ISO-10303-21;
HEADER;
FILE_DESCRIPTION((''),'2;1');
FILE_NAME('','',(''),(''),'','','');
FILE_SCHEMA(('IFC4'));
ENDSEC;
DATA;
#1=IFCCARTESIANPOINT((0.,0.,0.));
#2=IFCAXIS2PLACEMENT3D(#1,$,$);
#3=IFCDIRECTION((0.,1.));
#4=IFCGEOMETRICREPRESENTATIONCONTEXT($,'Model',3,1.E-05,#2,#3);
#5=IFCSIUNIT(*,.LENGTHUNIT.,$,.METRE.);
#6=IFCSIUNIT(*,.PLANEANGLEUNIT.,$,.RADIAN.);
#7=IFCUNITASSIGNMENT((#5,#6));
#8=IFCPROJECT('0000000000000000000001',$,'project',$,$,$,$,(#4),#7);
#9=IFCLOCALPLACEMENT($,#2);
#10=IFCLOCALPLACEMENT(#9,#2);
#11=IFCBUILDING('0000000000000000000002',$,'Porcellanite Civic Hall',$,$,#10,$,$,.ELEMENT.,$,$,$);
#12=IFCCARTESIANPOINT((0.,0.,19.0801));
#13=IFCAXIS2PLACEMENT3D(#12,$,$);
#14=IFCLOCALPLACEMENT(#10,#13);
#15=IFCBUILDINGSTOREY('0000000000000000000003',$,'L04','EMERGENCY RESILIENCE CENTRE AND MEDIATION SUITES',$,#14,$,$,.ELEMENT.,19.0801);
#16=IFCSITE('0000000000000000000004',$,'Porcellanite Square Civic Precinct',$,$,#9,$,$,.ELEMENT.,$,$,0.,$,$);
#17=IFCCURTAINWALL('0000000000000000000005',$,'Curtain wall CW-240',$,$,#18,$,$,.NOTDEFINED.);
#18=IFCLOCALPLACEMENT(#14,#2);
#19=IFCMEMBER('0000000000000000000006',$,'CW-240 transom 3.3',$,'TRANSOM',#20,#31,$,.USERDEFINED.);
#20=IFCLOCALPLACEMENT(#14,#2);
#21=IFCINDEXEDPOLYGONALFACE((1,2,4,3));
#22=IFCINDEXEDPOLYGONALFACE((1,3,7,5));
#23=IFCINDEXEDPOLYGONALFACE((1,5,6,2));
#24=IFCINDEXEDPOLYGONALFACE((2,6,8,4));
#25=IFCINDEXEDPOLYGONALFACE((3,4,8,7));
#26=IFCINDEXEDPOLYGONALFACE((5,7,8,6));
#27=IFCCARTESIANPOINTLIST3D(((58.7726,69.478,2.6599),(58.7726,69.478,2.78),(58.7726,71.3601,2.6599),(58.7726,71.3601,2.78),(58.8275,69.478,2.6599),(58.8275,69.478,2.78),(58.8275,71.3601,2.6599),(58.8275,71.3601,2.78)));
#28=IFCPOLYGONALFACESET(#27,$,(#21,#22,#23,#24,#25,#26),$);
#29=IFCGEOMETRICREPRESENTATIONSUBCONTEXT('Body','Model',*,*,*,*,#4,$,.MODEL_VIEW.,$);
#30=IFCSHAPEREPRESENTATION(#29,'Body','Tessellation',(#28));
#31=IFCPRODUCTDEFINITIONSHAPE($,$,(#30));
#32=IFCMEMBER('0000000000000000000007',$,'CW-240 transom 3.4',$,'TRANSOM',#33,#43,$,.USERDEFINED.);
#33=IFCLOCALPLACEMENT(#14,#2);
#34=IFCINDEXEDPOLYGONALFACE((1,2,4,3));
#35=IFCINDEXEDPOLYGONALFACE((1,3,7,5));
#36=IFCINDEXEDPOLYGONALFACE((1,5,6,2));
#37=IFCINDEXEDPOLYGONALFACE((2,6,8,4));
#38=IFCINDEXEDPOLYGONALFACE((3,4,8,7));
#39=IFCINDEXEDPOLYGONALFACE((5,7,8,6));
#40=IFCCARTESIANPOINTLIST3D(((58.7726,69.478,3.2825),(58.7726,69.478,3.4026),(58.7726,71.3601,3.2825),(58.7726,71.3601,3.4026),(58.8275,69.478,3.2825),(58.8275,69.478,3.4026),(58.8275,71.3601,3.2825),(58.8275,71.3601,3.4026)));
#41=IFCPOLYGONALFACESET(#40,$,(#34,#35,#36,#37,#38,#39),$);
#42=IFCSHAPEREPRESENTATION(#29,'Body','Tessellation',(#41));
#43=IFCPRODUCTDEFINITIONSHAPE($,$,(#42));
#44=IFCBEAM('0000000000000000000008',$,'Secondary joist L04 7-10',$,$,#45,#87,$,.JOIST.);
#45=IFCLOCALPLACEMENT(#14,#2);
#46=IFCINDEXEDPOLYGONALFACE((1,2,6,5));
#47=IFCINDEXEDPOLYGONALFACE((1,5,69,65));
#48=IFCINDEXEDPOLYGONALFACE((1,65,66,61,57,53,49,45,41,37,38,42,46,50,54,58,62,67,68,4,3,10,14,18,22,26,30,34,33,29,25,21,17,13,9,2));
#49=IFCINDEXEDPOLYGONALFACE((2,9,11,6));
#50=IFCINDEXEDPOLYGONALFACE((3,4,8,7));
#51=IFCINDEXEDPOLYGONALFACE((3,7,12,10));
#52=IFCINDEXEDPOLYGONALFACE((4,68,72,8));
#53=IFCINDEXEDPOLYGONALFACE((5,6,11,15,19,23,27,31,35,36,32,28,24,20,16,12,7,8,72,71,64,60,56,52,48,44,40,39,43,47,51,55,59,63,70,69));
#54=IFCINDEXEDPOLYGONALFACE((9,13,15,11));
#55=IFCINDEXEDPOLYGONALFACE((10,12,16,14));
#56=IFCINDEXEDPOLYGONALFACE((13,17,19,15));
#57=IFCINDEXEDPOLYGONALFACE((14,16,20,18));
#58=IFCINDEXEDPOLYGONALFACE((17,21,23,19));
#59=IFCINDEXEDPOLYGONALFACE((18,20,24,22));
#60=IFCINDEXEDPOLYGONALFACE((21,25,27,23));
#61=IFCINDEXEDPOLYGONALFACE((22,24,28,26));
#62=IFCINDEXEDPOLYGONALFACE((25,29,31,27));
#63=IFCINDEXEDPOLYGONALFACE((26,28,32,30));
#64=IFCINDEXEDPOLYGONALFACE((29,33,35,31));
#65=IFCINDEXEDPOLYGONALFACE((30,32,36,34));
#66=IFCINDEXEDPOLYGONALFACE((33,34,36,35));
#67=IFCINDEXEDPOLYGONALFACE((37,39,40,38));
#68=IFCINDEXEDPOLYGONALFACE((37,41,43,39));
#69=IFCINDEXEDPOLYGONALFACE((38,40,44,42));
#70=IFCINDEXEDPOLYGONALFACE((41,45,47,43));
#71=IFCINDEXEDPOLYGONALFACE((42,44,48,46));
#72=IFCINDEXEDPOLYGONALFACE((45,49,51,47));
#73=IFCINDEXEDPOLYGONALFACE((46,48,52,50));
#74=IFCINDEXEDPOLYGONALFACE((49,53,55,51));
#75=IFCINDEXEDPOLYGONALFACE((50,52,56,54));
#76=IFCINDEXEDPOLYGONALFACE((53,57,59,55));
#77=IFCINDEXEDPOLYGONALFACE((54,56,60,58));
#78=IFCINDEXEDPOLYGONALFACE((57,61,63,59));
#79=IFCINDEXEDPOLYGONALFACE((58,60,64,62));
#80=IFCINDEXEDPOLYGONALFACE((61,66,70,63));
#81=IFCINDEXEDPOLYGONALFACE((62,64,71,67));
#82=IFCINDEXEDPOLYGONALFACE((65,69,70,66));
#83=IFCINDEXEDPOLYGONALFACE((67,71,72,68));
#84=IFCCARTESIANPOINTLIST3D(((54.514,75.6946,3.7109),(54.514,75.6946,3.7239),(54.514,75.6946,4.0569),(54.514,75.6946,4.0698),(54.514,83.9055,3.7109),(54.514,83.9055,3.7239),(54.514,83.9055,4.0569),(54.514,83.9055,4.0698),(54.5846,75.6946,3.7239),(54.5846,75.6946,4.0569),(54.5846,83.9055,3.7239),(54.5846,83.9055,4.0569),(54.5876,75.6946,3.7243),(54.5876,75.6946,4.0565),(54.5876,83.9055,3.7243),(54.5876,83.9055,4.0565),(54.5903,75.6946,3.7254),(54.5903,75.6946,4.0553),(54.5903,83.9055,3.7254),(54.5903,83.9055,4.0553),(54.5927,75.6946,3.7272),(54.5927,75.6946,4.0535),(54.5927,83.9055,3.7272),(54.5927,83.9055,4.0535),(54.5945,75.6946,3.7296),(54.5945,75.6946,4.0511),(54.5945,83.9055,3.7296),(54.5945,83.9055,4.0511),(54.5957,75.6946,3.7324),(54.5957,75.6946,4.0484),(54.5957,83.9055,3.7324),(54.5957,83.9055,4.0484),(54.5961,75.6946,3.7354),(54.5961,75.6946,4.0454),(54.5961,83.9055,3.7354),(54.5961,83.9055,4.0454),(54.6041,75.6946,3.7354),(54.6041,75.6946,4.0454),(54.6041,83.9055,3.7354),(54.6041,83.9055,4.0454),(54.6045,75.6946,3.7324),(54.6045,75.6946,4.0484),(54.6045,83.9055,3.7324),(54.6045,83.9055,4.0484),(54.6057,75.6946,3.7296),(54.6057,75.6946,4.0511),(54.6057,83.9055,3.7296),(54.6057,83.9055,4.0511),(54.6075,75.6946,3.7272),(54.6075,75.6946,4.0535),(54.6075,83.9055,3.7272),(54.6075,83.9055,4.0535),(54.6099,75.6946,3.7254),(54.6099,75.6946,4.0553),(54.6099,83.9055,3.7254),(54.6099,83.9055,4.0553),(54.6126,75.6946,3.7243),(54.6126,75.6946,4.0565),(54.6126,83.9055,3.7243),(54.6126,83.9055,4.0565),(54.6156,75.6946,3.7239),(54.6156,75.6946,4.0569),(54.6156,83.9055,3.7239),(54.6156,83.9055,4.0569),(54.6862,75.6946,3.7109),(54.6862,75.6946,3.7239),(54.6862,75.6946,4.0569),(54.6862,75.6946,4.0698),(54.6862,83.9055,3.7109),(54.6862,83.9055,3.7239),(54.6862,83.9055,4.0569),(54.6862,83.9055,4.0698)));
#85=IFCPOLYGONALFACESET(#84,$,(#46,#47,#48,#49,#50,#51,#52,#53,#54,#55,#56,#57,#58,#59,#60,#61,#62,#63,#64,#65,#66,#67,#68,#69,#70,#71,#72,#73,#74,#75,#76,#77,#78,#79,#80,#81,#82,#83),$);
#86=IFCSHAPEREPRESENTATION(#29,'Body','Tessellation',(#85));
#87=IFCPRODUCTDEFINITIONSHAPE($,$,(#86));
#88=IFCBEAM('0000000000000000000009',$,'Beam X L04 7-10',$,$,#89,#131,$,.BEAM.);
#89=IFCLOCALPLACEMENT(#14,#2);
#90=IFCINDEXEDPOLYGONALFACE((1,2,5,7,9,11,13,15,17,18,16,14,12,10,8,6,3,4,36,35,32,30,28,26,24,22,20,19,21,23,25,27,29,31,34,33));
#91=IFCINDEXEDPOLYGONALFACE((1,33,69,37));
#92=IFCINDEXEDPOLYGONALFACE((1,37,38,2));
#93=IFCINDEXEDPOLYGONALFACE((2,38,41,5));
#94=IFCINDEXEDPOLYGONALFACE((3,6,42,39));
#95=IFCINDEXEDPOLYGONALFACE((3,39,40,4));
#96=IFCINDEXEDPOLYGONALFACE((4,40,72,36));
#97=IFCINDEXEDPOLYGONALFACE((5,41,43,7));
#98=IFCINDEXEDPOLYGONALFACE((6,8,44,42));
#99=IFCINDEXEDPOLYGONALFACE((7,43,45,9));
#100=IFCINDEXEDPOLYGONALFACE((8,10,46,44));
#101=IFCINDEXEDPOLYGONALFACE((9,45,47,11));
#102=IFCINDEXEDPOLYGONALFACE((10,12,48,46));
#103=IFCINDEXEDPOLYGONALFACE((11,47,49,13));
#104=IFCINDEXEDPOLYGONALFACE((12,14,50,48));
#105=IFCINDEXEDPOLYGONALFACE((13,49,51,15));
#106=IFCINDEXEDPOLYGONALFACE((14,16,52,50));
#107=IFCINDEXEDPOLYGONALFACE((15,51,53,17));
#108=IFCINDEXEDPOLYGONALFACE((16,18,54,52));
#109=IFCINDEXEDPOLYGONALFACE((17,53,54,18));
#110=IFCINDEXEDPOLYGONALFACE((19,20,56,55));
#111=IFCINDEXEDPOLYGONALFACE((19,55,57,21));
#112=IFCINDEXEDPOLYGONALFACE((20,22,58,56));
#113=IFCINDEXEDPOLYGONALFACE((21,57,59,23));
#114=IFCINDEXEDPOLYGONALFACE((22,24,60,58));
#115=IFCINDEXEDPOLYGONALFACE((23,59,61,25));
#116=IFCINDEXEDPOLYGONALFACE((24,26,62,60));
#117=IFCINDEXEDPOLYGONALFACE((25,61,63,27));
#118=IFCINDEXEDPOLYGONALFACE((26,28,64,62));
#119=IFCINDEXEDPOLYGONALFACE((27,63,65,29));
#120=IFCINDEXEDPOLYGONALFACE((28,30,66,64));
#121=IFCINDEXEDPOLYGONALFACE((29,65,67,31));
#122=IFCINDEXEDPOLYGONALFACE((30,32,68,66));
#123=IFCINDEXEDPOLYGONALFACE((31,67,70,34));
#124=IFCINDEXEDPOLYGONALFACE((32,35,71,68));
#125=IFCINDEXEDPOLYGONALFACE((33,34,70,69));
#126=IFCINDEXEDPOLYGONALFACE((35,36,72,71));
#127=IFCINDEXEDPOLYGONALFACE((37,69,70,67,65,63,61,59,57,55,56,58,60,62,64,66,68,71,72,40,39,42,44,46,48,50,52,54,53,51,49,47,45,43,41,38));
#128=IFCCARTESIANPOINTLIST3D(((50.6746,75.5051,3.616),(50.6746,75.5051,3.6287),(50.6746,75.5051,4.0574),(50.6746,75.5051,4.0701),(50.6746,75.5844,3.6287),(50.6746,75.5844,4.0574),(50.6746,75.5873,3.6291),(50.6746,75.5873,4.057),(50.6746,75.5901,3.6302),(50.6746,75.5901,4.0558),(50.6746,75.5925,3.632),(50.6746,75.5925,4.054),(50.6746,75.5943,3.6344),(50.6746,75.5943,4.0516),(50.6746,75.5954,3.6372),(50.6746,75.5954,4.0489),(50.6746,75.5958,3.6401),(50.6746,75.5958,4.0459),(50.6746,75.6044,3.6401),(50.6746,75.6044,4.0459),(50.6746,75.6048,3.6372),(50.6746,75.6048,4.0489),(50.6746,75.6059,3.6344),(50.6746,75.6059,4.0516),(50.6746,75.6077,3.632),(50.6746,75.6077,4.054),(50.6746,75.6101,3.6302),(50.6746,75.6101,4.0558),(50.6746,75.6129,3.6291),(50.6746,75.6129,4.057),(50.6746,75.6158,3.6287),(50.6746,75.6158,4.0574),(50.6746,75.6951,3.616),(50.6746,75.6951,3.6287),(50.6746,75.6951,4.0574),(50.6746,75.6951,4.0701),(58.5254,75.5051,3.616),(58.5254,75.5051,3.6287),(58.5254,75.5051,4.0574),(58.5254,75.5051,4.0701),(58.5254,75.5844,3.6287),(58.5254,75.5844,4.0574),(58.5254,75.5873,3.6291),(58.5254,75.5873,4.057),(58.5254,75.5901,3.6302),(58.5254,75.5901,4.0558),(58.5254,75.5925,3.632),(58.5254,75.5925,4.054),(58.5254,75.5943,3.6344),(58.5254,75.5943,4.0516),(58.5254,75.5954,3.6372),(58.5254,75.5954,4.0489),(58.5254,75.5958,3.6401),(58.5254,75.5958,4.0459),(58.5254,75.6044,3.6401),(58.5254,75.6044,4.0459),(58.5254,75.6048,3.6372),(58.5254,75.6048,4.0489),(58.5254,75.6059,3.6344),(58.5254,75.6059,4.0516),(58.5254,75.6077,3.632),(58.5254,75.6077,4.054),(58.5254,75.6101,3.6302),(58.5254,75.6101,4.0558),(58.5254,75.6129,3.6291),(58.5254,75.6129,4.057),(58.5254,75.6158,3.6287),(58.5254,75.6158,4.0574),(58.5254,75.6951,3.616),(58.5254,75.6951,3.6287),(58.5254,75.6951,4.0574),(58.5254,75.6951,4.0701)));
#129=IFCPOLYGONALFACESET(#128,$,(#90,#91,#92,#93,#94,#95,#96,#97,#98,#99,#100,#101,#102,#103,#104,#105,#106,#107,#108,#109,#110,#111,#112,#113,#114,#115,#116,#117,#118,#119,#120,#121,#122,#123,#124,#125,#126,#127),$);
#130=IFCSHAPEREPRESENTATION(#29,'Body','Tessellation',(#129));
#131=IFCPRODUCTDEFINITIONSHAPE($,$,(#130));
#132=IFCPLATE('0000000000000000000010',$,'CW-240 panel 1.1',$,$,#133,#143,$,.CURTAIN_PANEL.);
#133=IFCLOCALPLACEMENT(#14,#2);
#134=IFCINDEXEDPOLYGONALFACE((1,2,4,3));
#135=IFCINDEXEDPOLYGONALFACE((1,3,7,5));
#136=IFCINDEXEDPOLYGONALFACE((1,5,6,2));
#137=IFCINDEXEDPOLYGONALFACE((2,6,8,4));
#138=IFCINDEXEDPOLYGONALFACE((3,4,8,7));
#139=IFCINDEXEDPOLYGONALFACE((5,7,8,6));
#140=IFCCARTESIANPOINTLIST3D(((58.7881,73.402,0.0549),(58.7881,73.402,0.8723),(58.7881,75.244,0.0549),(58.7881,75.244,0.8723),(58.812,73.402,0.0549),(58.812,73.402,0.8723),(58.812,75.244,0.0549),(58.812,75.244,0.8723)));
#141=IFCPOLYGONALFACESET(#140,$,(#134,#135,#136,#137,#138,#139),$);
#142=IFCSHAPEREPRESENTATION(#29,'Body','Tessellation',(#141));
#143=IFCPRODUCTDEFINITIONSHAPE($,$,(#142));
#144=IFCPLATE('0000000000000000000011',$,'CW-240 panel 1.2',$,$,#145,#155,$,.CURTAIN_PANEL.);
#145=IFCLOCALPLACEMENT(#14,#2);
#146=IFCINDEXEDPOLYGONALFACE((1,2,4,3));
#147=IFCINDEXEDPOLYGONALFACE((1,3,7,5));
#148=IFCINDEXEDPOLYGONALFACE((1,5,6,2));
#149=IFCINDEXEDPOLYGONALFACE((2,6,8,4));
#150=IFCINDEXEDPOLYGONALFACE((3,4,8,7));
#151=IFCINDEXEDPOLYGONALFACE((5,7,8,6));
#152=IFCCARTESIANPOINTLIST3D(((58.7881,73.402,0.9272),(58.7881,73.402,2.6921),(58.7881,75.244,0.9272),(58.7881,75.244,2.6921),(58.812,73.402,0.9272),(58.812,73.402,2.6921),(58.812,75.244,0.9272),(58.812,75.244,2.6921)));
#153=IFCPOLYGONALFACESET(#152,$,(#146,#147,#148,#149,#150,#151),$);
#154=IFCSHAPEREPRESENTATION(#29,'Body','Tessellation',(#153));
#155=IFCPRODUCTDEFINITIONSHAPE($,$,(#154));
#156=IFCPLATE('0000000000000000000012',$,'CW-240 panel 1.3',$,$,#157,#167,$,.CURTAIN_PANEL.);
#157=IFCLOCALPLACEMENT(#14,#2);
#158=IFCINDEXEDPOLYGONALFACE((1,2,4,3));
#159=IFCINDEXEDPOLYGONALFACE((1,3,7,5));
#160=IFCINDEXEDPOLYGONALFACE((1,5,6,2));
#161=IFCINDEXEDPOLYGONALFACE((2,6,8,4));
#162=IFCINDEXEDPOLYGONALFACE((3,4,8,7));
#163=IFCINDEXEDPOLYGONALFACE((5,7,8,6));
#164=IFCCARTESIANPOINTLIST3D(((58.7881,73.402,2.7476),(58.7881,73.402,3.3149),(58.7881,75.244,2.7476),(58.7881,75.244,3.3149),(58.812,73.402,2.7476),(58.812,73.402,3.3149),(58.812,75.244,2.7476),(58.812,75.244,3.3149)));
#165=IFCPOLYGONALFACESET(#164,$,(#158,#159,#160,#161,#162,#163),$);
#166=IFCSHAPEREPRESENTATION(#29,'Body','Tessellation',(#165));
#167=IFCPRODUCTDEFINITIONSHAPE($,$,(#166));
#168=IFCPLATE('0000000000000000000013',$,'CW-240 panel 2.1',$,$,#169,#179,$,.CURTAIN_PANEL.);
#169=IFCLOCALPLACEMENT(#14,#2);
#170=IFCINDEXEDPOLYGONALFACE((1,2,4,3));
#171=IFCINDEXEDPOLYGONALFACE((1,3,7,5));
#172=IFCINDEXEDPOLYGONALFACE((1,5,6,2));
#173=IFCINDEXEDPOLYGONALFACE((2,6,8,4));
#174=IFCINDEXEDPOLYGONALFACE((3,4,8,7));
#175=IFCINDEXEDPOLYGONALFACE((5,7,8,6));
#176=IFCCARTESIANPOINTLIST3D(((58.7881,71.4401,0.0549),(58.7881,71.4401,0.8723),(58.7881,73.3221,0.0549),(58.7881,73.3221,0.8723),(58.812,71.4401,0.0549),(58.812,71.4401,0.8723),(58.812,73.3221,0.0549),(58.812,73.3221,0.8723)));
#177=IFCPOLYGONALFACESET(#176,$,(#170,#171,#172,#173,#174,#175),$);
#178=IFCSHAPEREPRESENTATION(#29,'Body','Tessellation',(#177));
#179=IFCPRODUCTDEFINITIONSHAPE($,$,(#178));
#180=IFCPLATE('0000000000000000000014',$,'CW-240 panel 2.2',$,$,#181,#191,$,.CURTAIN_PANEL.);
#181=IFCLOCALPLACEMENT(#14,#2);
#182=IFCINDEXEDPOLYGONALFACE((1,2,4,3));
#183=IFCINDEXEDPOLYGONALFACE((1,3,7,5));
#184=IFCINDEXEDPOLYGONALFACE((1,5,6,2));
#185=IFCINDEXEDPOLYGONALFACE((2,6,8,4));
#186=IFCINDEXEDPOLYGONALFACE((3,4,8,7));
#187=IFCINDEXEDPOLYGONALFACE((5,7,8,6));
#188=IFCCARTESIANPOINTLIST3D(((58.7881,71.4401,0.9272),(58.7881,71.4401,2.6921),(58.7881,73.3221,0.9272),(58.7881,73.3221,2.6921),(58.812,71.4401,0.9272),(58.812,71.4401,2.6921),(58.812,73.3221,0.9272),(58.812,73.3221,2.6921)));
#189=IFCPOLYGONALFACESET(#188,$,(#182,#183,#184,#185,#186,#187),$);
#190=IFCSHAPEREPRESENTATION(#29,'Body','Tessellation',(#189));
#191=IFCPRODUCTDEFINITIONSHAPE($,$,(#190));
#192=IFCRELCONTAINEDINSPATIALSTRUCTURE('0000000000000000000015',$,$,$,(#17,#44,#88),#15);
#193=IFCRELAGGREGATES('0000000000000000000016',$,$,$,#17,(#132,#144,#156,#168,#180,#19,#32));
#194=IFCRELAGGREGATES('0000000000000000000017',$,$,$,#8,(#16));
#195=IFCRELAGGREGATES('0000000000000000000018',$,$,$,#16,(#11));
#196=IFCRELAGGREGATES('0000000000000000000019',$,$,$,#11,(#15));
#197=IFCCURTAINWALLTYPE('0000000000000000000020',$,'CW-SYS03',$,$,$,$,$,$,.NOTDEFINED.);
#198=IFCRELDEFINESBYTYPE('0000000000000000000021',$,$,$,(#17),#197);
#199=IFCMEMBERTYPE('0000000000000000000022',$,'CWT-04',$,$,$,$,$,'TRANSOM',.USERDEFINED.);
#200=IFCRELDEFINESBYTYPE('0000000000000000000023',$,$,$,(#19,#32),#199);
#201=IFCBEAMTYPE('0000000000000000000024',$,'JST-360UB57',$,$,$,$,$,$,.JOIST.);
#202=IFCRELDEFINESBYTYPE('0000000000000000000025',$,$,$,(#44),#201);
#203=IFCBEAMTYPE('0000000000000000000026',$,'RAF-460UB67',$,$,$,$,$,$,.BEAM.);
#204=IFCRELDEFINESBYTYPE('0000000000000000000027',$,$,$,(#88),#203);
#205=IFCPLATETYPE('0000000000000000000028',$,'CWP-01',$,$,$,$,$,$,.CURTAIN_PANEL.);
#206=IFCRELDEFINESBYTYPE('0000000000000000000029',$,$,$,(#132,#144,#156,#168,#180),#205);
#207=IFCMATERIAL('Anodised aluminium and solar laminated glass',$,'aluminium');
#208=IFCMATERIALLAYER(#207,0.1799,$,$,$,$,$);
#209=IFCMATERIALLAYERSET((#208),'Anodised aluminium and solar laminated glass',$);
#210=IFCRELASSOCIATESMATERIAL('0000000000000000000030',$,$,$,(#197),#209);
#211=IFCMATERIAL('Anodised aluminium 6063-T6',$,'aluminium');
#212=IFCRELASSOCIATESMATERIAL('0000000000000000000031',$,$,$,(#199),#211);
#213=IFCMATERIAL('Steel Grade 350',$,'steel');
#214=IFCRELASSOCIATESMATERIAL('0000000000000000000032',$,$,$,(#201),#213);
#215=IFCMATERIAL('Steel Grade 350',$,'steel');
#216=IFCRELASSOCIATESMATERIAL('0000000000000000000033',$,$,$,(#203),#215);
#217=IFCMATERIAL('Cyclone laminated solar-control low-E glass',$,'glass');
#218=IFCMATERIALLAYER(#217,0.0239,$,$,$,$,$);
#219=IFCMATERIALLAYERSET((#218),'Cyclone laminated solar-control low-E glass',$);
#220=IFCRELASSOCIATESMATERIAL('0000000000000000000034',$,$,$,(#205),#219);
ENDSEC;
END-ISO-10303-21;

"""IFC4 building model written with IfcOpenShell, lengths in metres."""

from ifc_helpers import new_model, si_unit, direction, frame, origin, origin_2d, place, context, subcontext, project, spatial, rectangle, i_section, extrude, material, layer, layer_set, material_profile, profile_set, type_object, element, aggregate, save


model = new_model("IFC4")

# Units and contexts
model_context = context("Model", 3, precision=1e-05, world=origin(), true_north=direction((0.0, 1.0)))
body_context = subcontext(model_context, "Body", "Model", "MODEL_VIEW")
ifc_project = project(units=[si_unit("LENGTHUNIT", "METRE"), si_unit("PLANEANGLEUNIT", "RADIAN")], contexts=[model_context])

# Site, building, storey
site_placement = place(None, origin())
site = spatial("IfcSite", under=ifc_project, at=site_placement, Name="Porcellanite Square Civic Precinct", CompositionType="ELEMENT", RefElevation=0.0)
building_placement = place(site_placement, origin())
building = spatial("IfcBuilding", under=site, at=building_placement, Name="Porcellanite Civic Hall", CompositionType="ELEMENT")
storey_placement = place(building_placement, frame((0.0, 0.0, 19.0801)))
storey = spatial("IfcBuildingStorey", under=building, at=storey_placement, Name="L04", Description="EMERGENCY RESILIENCE CENTRE AND MEDIATION SUITES", CompositionType="ELEMENT", Elevation=19.0801)

# Curtain wall
ifc_material_1 = material(Name="Anodised aluminium and solar laminated glass", Category="aluminium")
ifc_layer_1 = layer(ifc_material_1, 0.1799)
ifc_layer_set_1 = layer_set([ifc_layer_1], Name="Anodised aluminium and solar laminated glass")
curtain_wall_type_1 = type_object("IfcCurtainWallType", Name="CW-SYS03", PredefinedType="NOTDEFINED", material=ifc_layer_set_1)
curtain_wall_1_placement = place(storey_placement, origin())
curtain_wall_1 = element("IfcCurtainWall", 1, at=curtain_wall_1_placement, inside=storey, type_object=curtain_wall_type_1, Name="Curtain wall CW-240", PredefinedType="NOTDEFINED")

# Members
ifc_material_2 = material(Name="Anodised aluminium 6063-T6", Category="aluminium")
ifc_material_profile_1 = material_profile(ifc_material_2, rectangle(XDim=0.0549, YDim=0.1201, at=origin_2d()), Name="AL-55x120")
ifc_profile_set_1 = profile_set([ifc_material_profile_1], Name="Anodised aluminium 6063-T6")
member_type_1 = type_object("IfcMemberType", Name="CWT-04", ElementType="TRANSOM", PredefinedType="USERDEFINED", material=ifc_profile_set_1)
member_1_placement = place(storey_placement, frame((58.8, 71.3601, 2.72), z_axis=(0.0, -1.0, 0.0), x_axis=(1.0, 0.0, 0.0)))
member_1 = element("IfcMember", 2, at=member_1_placement, type_object=member_type_1, Name="CW-240 transom 3.3", ObjectType="TRANSOM", PredefinedType="USERDEFINED", context=body_context, shape_type="SweptSolid", body=[
    extrude(rectangle(XDim=0.0549, YDim=0.1201, at=origin_2d()), origin(), (0.0, 0.0, 1.0), 1.8821),
])
member_2_placement = place(storey_placement, frame((58.8, 71.3601, 3.3425), z_axis=(0.0, -1.0, 0.0), x_axis=(1.0, 0.0, 0.0)))
member_2 = element("IfcMember", 3, at=member_2_placement, type_object=member_type_1, Name="CW-240 transom 3.4", ObjectType="TRANSOM", PredefinedType="USERDEFINED", context=body_context, shape_type="SweptSolid", body=[
    extrude(rectangle(XDim=0.0549, YDim=0.1201, at=origin_2d()), origin(), (0.0, 0.0, 1.0), 1.8821),
])

# Beams
ifc_material_3 = material(Name="Steel Grade 350", Category="steel")
ifc_material_profile_2 = material_profile(ifc_material_3, i_section(OverallWidth=0.1721, OverallDepth=0.3589, WebThickness=0.0081, FlangeThickness=0.0129, FilletRadius=0.0115, at=origin_2d()), Name="360UB56.7")
ifc_profile_set_2 = profile_set([ifc_material_profile_2], Name="Steel Grade 350")
beam_type_1 = type_object("IfcBeamType", Name="JST-360UB57", PredefinedType="JOIST", material=ifc_profile_set_2)
beam_1_placement = place(storey_placement, frame((54.6001, 75.6946, 3.8904), z_axis=(0.0, 1.0, 0.0), x_axis=(-1.0, 0.0, 0.0)))
element("IfcBeam", 4, at=beam_1_placement, inside=storey, type_object=beam_type_1, Name="Secondary joist L04 7-10", PredefinedType="JOIST", context=body_context, shape_type="SweptSolid", body=[
    extrude(i_section(OverallWidth=0.1721, OverallDepth=0.3589, WebThickness=0.0081, FlangeThickness=0.0129, FilletRadius=0.0115, at=origin_2d()), origin(), (0.0, 0.0, 1.0), 8.2109),
])
ifc_material_4 = material(Name="Steel Grade 350", Category="steel")
ifc_material_profile_3 = material_profile(ifc_material_4, i_section(OverallWidth=0.1899, OverallDepth=0.4541, WebThickness=0.0085, FlangeThickness=0.0127, FilletRadius=0.0115, at=origin_2d()), Name="460UB67.1")
ifc_profile_set_3 = profile_set([ifc_material_profile_3], Name="Steel Grade 350")
beam_type_2 = type_object("IfcBeamType", Name="RAF-460UB67", PredefinedType="BEAM", material=ifc_profile_set_3)
beam_2_placement = place(storey_placement, frame((50.6746, 75.6001, 3.843), z_axis=(1.0, 0.0, 0.0), x_axis=(0.0, 1.0, 0.0)))
element("IfcBeam", 5, at=beam_2_placement, inside=storey, type_object=beam_type_2, Name="Beam X L04 7-10", PredefinedType="BEAM", context=body_context, shape_type="SweptSolid", body=[
    extrude(i_section(OverallWidth=0.1899, OverallDepth=0.4541, WebThickness=0.0085, FlangeThickness=0.0127, FilletRadius=0.0115, at=origin_2d()), origin(), (0.0, 0.0, 1.0), 7.8508),
])

# Plates
ifc_material_5 = material(Name="Cyclone laminated solar-control low-E glass", Category="glass")
ifc_layer_2 = layer(ifc_material_5, 0.0239)
ifc_layer_set_2 = layer_set([ifc_layer_2], Name="Cyclone laminated solar-control low-E glass")
plate_type = type_object("IfcPlateType", Name="CWP-01", PredefinedType="CURTAIN_PANEL", material=ifc_layer_set_2)
plate_1_placement = place(storey_placement, frame((58.8, 74.323, 0.0549), z_axis=(0.0, 0.0, 1.0), x_axis=(0.0, -1.0, 0.0)))
plate_1 = element("IfcPlate", 6, at=plate_1_placement, type_object=plate_type, Name="CW-240 panel 1.1", PredefinedType="CURTAIN_PANEL", context=body_context, shape_type="SweptSolid", body=[
    extrude(rectangle(XDim=1.842, YDim=0.0239, at=origin_2d()), origin(), (0.0, 0.0, 1.0), 0.8174),
])
plate_2_placement = place(storey_placement, frame((58.8, 74.323, 0.9272), z_axis=(0.0, 0.0, 1.0), x_axis=(0.0, -1.0, 0.0)))
plate_2 = element("IfcPlate", 7, at=plate_2_placement, type_object=plate_type, Name="CW-240 panel 1.2", PredefinedType="CURTAIN_PANEL", context=body_context, shape_type="SweptSolid", body=[
    extrude(rectangle(XDim=1.842, YDim=0.0239, at=origin_2d()), origin(), (0.0, 0.0, 1.0), 1.7649),
])
plate_3_placement = place(storey_placement, frame((58.8, 74.323, 2.7476), z_axis=(0.0, 0.0, 1.0), x_axis=(0.0, -1.0, 0.0)))
plate_3 = element("IfcPlate", 8, at=plate_3_placement, type_object=plate_type, Name="CW-240 panel 1.3", PredefinedType="CURTAIN_PANEL", context=body_context, shape_type="SweptSolid", body=[
    extrude(rectangle(XDim=1.842, YDim=0.0239, at=origin_2d()), origin(), (0.0, 0.0, 1.0), 0.5674),
])
plate_4_placement = place(storey_placement, frame((58.8, 72.3811, 0.0549), z_axis=(0.0, 0.0, 1.0), x_axis=(0.0, -1.0, 0.0)))
plate_4 = element("IfcPlate", 9, at=plate_4_placement, type_object=plate_type, Name="CW-240 panel 2.1", PredefinedType="CURTAIN_PANEL", context=body_context, shape_type="SweptSolid", body=[
    extrude(rectangle(XDim=1.8821, YDim=0.0239, at=origin_2d()), origin(), (0.0, 0.0, 1.0), 0.8174),
])
plate_5_placement = place(storey_placement, frame((58.8, 72.3811, 0.9272), z_axis=(0.0, 0.0, 1.0), x_axis=(0.0, -1.0, 0.0)))
plate_5 = element("IfcPlate", 10, at=plate_5_placement, type_object=plate_type, Name="CW-240 panel 2.2", PredefinedType="CURTAIN_PANEL", context=body_context, shape_type="SweptSolid", body=[
    extrude(rectangle(XDim=1.8821, YDim=0.0239, at=origin_2d()), origin(), (0.0, 0.0, 1.0), 1.7649),
])
aggregate(curtain_wall_1, [plate_1, plate_2, plate_3, plate_4, plate_5, member_1, member_2])

save(model, "model.ifc")
